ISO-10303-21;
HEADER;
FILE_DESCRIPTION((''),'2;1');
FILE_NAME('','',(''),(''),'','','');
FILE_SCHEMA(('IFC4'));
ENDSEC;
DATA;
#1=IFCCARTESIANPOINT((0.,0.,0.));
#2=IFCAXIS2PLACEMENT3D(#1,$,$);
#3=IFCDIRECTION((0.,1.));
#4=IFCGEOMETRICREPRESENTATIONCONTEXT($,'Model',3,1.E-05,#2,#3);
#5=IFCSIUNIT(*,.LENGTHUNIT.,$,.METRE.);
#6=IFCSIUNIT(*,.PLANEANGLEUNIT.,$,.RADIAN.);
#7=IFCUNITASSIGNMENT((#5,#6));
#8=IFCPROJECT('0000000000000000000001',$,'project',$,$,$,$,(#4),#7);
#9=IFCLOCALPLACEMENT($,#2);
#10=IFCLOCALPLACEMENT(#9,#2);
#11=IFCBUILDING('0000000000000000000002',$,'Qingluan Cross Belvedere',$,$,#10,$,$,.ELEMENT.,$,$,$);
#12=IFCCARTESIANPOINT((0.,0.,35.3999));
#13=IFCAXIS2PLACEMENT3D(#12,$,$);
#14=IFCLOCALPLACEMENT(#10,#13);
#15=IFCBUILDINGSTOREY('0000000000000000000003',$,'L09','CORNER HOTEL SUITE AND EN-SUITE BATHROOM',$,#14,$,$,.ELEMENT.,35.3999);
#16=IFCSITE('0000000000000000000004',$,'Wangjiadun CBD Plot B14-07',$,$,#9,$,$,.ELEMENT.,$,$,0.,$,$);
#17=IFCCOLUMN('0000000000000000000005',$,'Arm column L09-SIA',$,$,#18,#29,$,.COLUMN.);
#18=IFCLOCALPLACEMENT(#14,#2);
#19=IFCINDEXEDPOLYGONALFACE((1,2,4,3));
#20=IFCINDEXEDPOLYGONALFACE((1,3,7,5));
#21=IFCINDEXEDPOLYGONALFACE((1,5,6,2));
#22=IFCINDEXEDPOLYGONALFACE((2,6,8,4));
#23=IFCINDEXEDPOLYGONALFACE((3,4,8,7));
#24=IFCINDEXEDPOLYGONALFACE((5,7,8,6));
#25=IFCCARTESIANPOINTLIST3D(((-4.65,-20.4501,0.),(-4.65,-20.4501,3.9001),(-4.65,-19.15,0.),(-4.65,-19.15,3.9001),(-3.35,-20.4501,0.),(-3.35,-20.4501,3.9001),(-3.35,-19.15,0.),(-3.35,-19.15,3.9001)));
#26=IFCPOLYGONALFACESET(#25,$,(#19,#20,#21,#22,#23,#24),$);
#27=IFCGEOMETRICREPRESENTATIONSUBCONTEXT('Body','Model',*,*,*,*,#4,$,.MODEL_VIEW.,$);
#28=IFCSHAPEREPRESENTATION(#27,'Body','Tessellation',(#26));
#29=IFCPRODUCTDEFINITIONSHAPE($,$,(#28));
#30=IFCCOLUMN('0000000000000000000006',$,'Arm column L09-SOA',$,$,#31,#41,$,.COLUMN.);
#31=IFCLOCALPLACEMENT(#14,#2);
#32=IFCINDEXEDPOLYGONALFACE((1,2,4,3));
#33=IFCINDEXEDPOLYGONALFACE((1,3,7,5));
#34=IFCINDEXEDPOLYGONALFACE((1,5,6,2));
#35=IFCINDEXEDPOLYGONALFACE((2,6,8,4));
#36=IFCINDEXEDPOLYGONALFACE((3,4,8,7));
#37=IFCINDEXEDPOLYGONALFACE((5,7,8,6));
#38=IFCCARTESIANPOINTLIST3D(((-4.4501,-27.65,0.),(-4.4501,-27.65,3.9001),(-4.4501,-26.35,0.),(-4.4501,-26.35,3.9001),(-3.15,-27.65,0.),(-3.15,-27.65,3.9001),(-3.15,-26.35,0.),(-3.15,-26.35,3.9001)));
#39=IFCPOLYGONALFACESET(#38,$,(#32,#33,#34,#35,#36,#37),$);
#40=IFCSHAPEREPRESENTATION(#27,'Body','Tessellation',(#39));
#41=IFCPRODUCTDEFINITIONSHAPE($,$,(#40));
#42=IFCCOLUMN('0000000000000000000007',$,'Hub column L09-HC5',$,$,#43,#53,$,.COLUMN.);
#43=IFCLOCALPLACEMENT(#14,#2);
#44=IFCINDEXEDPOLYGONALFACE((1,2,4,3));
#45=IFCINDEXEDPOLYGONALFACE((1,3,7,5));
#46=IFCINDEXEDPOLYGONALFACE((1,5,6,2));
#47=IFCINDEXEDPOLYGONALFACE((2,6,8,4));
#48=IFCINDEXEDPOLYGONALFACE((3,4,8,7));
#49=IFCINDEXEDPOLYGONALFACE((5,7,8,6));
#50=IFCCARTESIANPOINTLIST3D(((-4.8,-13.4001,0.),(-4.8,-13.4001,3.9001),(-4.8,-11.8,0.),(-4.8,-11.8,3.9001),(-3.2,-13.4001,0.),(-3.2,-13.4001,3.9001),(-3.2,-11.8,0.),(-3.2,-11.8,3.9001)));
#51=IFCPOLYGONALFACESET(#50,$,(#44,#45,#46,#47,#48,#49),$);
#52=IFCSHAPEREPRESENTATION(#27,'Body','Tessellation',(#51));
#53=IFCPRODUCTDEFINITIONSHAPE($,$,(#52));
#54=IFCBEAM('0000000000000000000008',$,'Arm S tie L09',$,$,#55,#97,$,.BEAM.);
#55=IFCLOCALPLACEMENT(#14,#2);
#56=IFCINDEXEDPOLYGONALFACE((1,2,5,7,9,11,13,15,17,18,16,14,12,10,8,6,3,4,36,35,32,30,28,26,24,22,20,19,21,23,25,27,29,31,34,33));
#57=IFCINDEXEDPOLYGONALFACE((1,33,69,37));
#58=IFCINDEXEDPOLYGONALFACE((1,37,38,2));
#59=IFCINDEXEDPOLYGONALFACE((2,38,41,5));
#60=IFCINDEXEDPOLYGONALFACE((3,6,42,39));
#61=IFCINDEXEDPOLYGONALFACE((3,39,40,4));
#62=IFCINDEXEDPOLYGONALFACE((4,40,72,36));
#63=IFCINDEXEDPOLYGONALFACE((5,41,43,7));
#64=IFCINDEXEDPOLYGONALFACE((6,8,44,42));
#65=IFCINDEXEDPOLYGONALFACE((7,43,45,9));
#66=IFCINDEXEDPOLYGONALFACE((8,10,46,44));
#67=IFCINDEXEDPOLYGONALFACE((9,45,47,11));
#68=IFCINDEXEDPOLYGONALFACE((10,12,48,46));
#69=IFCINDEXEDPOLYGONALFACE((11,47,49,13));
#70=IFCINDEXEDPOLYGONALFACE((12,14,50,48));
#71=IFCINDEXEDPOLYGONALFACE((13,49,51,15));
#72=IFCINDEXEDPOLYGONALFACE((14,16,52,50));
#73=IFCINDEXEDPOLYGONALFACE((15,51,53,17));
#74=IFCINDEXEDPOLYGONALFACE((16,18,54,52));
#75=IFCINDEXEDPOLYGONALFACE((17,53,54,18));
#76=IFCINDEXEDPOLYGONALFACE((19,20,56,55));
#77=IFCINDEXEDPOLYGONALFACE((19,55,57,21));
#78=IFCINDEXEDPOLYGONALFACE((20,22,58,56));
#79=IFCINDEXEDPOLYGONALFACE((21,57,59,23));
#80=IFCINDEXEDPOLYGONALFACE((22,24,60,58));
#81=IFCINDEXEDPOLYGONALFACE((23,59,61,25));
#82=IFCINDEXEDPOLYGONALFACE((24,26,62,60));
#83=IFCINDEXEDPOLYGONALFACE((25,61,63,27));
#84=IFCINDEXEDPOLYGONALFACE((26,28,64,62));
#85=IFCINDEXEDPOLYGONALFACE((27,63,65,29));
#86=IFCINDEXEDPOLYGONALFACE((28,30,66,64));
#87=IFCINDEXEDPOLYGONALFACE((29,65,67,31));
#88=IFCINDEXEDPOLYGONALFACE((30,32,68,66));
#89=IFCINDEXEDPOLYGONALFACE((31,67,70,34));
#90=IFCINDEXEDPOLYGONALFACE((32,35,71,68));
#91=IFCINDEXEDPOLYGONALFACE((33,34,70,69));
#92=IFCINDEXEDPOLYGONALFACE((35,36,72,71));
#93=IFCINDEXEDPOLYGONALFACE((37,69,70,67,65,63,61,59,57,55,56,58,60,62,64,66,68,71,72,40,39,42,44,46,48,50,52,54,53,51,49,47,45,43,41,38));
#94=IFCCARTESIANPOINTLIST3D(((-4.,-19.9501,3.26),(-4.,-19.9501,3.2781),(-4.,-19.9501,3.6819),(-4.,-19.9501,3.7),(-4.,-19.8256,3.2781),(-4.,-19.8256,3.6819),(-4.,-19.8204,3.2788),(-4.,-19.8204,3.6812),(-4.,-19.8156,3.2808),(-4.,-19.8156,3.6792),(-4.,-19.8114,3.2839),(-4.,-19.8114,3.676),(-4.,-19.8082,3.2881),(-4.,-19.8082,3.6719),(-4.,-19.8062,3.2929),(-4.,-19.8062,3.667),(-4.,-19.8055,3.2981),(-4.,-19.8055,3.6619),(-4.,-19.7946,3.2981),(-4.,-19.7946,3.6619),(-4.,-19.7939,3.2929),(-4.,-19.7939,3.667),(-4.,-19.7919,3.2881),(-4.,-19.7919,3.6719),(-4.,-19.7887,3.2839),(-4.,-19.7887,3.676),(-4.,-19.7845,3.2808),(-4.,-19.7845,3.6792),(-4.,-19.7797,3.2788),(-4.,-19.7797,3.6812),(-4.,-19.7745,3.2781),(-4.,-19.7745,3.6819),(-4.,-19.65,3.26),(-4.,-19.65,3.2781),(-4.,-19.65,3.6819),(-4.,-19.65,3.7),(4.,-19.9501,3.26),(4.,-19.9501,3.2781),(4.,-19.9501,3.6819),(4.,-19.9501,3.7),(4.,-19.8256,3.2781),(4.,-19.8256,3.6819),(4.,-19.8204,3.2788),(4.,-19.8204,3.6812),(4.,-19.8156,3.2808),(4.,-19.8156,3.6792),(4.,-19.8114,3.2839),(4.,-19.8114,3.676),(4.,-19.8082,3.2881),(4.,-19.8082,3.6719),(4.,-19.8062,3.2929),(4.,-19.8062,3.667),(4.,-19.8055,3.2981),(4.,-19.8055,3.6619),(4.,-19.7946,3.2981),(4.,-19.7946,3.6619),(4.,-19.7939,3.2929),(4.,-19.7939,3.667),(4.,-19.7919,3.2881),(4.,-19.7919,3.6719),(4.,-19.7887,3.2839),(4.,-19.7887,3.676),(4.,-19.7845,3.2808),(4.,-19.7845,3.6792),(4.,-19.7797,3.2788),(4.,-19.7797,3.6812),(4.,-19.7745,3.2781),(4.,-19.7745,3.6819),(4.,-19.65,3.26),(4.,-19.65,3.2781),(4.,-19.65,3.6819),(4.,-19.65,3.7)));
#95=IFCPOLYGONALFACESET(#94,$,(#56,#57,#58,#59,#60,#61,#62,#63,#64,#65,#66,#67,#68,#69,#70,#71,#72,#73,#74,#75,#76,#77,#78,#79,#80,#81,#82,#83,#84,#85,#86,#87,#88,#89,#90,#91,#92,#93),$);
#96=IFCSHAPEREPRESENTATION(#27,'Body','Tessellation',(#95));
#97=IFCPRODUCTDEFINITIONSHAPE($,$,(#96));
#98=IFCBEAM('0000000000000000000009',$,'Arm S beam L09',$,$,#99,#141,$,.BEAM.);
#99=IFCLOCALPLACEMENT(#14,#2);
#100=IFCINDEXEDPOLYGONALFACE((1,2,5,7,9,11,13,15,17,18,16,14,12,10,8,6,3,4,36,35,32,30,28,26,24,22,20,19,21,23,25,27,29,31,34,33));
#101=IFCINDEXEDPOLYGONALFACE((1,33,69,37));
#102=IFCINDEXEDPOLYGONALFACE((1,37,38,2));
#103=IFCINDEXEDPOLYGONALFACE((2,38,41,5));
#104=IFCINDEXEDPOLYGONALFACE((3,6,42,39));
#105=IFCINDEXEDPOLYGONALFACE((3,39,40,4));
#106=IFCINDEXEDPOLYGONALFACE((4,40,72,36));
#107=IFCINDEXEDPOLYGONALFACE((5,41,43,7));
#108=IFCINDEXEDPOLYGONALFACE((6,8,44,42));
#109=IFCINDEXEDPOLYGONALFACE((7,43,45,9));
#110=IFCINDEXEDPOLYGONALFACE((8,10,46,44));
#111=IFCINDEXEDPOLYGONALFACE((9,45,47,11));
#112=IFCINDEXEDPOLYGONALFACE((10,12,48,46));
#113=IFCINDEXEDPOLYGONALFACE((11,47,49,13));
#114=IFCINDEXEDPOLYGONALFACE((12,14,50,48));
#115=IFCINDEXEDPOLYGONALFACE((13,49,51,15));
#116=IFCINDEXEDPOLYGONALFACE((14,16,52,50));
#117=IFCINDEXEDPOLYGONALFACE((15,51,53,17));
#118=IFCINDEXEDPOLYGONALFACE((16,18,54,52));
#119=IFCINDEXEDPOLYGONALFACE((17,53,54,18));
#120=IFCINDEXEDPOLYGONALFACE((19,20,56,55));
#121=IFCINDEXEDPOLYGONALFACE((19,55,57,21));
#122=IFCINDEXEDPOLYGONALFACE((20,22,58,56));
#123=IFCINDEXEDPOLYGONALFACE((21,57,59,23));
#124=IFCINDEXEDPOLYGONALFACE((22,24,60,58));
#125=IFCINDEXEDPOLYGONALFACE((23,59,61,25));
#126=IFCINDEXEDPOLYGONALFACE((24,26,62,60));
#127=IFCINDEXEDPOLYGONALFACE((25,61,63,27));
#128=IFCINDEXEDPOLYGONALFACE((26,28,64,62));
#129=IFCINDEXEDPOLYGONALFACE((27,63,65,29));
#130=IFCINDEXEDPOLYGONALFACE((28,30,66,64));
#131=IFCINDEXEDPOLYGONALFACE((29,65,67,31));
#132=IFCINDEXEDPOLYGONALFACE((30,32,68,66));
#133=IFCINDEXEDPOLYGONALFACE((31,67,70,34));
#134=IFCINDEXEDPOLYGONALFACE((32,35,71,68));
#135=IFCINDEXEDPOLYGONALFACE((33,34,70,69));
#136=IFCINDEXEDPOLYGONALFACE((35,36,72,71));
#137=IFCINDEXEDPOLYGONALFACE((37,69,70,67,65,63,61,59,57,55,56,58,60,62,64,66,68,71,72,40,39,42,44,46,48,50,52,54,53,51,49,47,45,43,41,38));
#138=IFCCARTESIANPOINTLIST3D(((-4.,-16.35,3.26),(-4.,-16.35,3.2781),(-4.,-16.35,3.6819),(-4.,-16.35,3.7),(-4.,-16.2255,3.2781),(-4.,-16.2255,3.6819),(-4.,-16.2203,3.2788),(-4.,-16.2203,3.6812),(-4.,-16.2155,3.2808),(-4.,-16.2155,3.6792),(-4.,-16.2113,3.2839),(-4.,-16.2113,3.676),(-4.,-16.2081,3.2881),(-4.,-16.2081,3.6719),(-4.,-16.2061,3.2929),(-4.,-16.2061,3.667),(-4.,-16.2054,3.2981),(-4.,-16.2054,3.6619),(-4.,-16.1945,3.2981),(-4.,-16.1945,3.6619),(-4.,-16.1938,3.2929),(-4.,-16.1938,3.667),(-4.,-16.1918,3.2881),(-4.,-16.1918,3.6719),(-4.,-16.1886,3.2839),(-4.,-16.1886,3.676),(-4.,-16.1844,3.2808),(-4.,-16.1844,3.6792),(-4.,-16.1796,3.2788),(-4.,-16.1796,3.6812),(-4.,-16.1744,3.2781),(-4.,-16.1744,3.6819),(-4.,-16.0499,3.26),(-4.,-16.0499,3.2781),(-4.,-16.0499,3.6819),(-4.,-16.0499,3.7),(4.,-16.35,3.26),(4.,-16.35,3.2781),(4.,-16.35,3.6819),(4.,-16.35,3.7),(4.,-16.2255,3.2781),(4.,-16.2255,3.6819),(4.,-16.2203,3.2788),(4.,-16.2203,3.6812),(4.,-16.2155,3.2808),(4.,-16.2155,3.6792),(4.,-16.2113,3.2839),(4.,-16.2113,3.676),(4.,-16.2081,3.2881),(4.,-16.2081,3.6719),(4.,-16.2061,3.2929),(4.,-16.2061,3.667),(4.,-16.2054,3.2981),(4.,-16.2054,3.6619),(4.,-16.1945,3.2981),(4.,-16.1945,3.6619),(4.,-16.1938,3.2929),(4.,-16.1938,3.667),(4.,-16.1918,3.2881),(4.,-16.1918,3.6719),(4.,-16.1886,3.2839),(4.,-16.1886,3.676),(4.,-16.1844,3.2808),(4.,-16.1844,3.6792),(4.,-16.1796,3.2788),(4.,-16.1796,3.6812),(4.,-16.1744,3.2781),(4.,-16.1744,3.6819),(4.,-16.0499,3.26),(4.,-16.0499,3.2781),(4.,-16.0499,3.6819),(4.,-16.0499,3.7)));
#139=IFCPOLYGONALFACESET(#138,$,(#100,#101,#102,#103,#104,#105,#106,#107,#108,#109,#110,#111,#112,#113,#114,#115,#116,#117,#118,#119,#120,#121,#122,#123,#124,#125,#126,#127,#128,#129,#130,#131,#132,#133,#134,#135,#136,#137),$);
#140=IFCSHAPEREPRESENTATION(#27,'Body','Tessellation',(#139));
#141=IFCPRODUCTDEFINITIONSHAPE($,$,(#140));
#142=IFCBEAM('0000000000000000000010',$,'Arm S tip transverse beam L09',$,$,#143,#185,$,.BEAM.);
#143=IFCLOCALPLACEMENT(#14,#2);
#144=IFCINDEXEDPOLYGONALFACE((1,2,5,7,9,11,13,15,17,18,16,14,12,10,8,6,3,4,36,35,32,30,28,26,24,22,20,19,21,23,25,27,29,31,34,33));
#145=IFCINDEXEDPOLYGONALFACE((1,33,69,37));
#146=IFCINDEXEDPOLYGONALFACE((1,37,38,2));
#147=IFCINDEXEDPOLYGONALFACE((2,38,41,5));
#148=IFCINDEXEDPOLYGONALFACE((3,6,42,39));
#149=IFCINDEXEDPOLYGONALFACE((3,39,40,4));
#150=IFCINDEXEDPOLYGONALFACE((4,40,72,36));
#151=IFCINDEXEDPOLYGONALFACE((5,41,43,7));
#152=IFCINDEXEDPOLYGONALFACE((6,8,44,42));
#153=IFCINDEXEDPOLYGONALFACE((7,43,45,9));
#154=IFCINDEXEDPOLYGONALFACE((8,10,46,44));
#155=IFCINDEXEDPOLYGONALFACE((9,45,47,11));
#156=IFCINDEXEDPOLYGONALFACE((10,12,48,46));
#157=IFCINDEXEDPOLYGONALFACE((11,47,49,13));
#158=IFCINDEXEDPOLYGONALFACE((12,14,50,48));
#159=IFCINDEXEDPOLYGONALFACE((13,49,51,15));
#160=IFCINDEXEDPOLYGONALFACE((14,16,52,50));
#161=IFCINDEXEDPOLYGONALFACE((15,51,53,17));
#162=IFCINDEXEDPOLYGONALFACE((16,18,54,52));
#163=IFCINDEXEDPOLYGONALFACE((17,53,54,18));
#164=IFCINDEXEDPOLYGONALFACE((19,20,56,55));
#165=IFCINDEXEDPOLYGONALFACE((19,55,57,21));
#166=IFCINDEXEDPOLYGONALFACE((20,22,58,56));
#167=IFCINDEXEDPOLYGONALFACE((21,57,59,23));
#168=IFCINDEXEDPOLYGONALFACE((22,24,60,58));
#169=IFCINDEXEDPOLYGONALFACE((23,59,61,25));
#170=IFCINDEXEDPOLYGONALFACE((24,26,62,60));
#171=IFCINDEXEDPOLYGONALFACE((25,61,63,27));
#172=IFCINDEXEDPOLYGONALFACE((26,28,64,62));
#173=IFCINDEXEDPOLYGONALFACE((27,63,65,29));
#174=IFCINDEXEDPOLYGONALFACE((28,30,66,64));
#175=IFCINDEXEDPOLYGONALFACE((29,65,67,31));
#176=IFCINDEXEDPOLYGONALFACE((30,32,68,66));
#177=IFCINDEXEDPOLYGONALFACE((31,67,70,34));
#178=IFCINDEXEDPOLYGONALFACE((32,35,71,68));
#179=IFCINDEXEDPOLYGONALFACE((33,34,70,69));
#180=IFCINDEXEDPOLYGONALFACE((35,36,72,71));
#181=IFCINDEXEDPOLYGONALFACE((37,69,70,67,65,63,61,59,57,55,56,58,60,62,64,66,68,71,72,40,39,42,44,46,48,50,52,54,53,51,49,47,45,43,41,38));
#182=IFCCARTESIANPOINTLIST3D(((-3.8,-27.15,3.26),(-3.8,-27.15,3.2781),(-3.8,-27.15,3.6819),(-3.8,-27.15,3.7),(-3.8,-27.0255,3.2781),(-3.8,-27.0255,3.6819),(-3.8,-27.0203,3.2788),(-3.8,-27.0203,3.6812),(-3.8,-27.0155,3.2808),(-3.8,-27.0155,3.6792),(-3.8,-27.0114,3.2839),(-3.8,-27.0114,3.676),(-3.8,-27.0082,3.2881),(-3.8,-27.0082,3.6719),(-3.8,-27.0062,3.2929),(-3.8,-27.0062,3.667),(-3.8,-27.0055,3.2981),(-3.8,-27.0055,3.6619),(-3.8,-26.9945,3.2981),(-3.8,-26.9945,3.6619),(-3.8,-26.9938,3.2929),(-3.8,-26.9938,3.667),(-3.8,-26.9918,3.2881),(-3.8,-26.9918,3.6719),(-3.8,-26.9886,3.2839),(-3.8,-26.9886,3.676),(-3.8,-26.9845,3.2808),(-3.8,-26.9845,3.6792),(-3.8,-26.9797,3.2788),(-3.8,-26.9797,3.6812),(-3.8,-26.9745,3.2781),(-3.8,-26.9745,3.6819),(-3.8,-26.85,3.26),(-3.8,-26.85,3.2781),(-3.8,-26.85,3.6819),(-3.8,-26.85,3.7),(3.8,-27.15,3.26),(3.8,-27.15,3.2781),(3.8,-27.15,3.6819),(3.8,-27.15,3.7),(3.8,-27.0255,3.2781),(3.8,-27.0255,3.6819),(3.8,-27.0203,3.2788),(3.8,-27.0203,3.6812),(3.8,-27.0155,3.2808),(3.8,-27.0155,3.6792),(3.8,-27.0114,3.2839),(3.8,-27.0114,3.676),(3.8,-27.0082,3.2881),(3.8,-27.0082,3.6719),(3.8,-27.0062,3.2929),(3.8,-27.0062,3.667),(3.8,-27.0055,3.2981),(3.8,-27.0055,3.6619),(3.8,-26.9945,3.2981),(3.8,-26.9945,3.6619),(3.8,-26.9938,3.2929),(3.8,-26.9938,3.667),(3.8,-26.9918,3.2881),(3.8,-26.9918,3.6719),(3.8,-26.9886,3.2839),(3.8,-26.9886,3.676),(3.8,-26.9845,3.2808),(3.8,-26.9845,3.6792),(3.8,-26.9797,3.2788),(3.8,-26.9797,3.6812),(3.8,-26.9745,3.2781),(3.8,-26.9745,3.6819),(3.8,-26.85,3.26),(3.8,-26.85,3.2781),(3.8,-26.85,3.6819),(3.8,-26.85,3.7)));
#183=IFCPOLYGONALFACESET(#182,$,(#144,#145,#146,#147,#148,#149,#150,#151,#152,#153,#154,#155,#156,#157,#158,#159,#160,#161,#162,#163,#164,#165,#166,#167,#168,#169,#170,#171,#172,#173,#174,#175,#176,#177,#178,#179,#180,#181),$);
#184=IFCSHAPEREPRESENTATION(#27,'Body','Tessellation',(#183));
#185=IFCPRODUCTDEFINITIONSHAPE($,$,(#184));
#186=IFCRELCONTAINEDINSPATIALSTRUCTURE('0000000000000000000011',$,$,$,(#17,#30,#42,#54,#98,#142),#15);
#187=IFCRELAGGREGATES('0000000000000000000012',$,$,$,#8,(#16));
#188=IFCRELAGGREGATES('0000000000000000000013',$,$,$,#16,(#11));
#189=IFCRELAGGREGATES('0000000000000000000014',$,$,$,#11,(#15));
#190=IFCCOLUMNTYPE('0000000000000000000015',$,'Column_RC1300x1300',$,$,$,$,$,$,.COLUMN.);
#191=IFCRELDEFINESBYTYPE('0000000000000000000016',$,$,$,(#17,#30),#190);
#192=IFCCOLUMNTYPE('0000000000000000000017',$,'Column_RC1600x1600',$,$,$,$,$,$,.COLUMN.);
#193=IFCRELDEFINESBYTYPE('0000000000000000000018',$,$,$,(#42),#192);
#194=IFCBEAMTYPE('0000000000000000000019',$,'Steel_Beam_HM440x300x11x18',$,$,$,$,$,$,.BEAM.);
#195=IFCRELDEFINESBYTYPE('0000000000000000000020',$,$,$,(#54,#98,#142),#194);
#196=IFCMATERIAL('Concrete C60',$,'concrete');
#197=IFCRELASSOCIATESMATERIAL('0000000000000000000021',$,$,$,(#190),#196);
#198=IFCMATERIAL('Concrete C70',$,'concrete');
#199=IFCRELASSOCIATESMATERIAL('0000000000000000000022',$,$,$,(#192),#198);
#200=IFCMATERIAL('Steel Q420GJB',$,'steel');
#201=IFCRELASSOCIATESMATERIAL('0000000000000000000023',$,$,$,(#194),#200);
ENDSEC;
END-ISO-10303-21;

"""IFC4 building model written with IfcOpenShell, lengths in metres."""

from ifc_helpers import new_model, si_unit, direction, frame, origin, origin_2d, place, context, subcontext, project, spatial, rectangle, i_section, extrude, material, material_profile, profile_set, type_object, element, save


model = new_model("IFC4")

# Units and contexts
model_context = context("Model", 3, precision=1e-05, world=origin(), true_north=direction((0.0, 1.0)))
body_context = subcontext(model_context, "Body", "Model", "MODEL_VIEW")
ifc_project = project(units=[si_unit("LENGTHUNIT", "METRE"), si_unit("PLANEANGLEUNIT", "RADIAN")], contexts=[model_context])

# Site, building, storey
site_placement = place(None, origin())
site = spatial("IfcSite", under=ifc_project, at=site_placement, Name="Wangjiadun CBD Plot B14-07", CompositionType="ELEMENT", RefElevation=0.0)
building_placement = place(site_placement, origin())
building = spatial("IfcBuilding", under=site, at=building_placement, Name="Qingluan Cross Belvedere", CompositionType="ELEMENT")
storey_placement = place(building_placement, frame((0.0, 0.0, 35.3999)))
storey = spatial("IfcBuildingStorey", under=building, at=storey_placement, Name="L09", Description="CORNER HOTEL SUITE AND EN-SUITE BATHROOM", CompositionType="ELEMENT", Elevation=35.3999)

# Columns
ifc_material_1 = material(Name="Concrete C60", Category="concrete")
ifc_material_profile_1 = material_profile(ifc_material_1, rectangle(XDim=1.3, YDim=1.3, at=origin_2d()), Name="RC1300x1300")
ifc_profile_set_1 = profile_set([ifc_material_profile_1], Name="Concrete C60")
column_type_1 = type_object("IfcColumnType", Name="Column_RC1300x1300", PredefinedType="COLUMN", material=ifc_profile_set_1)
for number, where, z_axis, x_axis, name in (
    (1, (-4.0, -19.8, 0.0), (0.0, 0.0, 1.0), (1.0, 0.0, 0.0), "Arm column L09-SIA"),
    (2, (-3.8, -27.0, 0.0), (0.0, 0.0, 1.0), (1.0, 0.0, 0.0), "Arm column L09-SOA"),
):
    element("IfcColumn", number, at=place(storey_placement, frame(where, z_axis=z_axis, x_axis=x_axis)), inside=storey, type_object=column_type_1, Name=name, PredefinedType="COLUMN", context=body_context, shape_type="SweptSolid", body=[
        extrude(rectangle(XDim=1.3, YDim=1.3, at=origin_2d()), origin(), (0.0, 0.0, 1.0), 3.9001),
    ])
ifc_material_2 = material(Name="Concrete C70", Category="concrete")
ifc_material_profile_2 = material_profile(ifc_material_2, rectangle(XDim=1.6001, YDim=1.6001, at=origin_2d()), Name="RC1600x1600")
ifc_profile_set_2 = profile_set([ifc_material_profile_2], Name="Concrete C70")
column_type_2 = type_object("IfcColumnType", Name="Column_RC1600x1600", PredefinedType="COLUMN", material=ifc_profile_set_2)
column_placement = place(storey_placement, frame((-4.0, -12.6001, 0.0), z_axis=(0.0, 0.0, 1.0), x_axis=(1.0, 0.0, 0.0)))
element("IfcColumn", 3, at=column_placement, inside=storey, type_object=column_type_2, Name="Hub column L09-HC5", PredefinedType="COLUMN", context=body_context, shape_type="SweptSolid", body=[
    extrude(rectangle(XDim=1.6001, YDim=1.6001, at=origin_2d()), origin(), (0.0, 0.0, 1.0), 3.9001),
])

# Beams
ifc_material_3 = material(Name="Steel Q420GJB", Category="steel")
ifc_material_profile_3 = material_profile(ifc_material_3, i_section(OverallWidth=0.3, OverallDepth=0.4399, WebThickness=0.011, FlangeThickness=0.0181, FilletRadius=0.02, at=origin_2d()), Name="HM440x300x11x18")
ifc_profile_set_3 = profile_set([ifc_material_profile_3], Name="Steel Q420GJB")
beam_type_1 = type_object("IfcBeamType", Name="Steel_Beam_HM440x300x11x18", PredefinedType="BEAM", material=ifc_profile_set_3)
for number, where, z_axis, x_axis, name in (
    (4, (-4.0, -19.8, 3.48), (1.0, 0.0, 0.0), (0.0, 1.0, 0.0), "Arm S tie L09"),
    (5, (-4.0, -16.2, 3.48), (1.0, 0.0, 0.0), (0.0, 1.0, 0.0), "Arm S beam L09"),
):
    element("IfcBeam", number, at=place(storey_placement, frame(where, z_axis=z_axis, x_axis=x_axis)), inside=storey, type_object=beam_type_1, Name=name, PredefinedType="BEAM", context=body_context, shape_type="SweptSolid", body=[
        extrude(i_section(OverallWidth=0.3, OverallDepth=0.4399, WebThickness=0.011, FlangeThickness=0.0181, FilletRadius=0.02, at=origin_2d()), origin(), (0.0, 0.0, 1.0), 8.0),
    ])
beam_1_placement = place(storey_placement, frame((-3.8, -27.0, 3.48), z_axis=(1.0, 0.0, 0.0), x_axis=(0.0, 1.0, 0.0)))
element("IfcBeam", 6, at=beam_1_placement, inside=storey, type_object=beam_type_1, Name="Arm S tip transverse beam L09", PredefinedType="BEAM", context=body_context, shape_type="SweptSolid", body=[
    extrude(i_section(OverallWidth=0.3, OverallDepth=0.4399, WebThickness=0.011, FlangeThickness=0.0181, FilletRadius=0.02, at=origin_2d()), origin(), (0.0, 0.0, 1.0), 7.6001),
])

save(model, "model.ifc")
